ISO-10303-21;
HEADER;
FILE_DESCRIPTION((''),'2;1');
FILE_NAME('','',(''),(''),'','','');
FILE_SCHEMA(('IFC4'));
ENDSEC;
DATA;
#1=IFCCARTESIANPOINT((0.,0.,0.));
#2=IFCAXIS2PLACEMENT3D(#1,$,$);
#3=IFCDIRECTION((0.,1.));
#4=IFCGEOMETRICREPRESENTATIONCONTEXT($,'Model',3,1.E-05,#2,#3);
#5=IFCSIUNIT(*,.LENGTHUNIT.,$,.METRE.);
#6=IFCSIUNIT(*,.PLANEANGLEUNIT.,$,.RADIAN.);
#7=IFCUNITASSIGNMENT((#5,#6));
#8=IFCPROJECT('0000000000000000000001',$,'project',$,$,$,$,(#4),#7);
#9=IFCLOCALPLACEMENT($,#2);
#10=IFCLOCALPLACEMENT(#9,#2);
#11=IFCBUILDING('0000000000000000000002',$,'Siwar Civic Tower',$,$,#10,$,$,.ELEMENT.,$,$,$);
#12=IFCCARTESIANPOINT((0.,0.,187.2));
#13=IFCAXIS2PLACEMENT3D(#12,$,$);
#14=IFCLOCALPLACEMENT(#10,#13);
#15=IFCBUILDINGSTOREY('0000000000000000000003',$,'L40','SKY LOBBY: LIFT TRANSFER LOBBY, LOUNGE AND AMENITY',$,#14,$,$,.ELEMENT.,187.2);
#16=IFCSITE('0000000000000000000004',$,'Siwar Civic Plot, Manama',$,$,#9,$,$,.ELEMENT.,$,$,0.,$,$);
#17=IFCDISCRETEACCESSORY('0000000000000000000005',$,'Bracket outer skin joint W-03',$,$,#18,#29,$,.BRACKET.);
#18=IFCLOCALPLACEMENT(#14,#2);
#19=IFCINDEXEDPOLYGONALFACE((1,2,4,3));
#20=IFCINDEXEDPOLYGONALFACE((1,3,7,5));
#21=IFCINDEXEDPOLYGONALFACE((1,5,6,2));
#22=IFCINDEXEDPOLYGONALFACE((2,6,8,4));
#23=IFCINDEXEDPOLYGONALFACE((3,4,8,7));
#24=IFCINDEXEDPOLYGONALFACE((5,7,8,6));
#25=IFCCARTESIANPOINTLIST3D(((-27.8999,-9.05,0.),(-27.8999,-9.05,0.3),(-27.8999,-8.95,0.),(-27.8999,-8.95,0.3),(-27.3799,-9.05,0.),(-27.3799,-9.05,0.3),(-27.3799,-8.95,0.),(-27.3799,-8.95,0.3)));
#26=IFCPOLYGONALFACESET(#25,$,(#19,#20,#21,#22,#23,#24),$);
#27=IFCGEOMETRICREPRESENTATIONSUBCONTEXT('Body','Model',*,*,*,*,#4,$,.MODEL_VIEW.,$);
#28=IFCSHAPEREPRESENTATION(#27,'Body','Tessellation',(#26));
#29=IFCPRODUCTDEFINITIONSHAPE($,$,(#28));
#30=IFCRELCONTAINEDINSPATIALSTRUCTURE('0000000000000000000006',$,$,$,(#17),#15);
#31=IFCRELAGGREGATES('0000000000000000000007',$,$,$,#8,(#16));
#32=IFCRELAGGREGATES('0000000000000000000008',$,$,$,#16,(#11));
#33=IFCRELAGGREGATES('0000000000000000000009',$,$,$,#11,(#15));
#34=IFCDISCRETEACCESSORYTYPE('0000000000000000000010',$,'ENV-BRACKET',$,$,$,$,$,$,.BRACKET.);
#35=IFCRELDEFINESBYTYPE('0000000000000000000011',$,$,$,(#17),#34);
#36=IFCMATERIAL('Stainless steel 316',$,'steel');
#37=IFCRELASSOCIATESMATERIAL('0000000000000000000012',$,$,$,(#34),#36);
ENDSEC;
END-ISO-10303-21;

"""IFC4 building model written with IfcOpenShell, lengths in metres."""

from ifc_helpers import new_model, si_unit, direction, frame, origin, origin_2d, place, context, subcontext, project, spatial, rectangle, extrude, material, type_object, element, save


model = new_model("IFC4")

# Units and contexts
model_context = context("Model", 3, precision=1e-05, world=origin(), true_north=direction((0.0, 1.0)))
body_context = subcontext(model_context, "Body", "Model", "MODEL_VIEW")
ifc_project = project(units=[si_unit("LENGTHUNIT", "METRE"), si_unit("PLANEANGLEUNIT", "RADIAN")], contexts=[model_context])

# Site, building, storey
site_placement = place(None, origin())
site = spatial("IfcSite", under=ifc_project, at=site_placement, Name="Siwar Civic Plot, Manama", CompositionType="ELEMENT", RefElevation=0.0)
building_placement = place(site_placement, origin())
building = spatial("IfcBuilding", under=site, at=building_placement, Name="Siwar Civic Tower", CompositionType="ELEMENT")
storey_placement = place(building_placement, frame((0.0, 0.0, 187.2)))
storey = spatial("IfcBuildingStorey", under=building, at=storey_placement, Name="L40", Description="SKY LOBBY: LIFT TRANSFER LOBBY, LOUNGE AND AMENITY", CompositionType="ELEMENT", Elevation=187.2)

# Discrete accessory
ifc_material_1 = material(Name="Stainless steel 316", Category="steel")
discrete_accessory_type = type_object("IfcDiscreteAccessoryType", Name="ENV-BRACKET", PredefinedType="BRACKET", material=ifc_material_1)
for number, where, z_axis, x_axis, name in (
    (1, (-27.6399, -9.0, 0.0), (0.0, 0.0, 1.0), (-1.0, 0.0, 0.0), "Bracket outer skin joint W-03"),
):
    element("IfcDiscreteAccessory", number, at=place(storey_placement, frame(where, z_axis=z_axis, x_axis=x_axis)), inside=storey, type_object=discrete_accessory_type, Name=name, PredefinedType="BRACKET", context=body_context, shape_type="SweptSolid", body=[
        extrude(rectangle(XDim=0.52, YDim=0.1001, at=origin_2d()), origin(), (0.0, 0.0, 1.0), 0.3),
    ])

save(model, "model.ifc")
